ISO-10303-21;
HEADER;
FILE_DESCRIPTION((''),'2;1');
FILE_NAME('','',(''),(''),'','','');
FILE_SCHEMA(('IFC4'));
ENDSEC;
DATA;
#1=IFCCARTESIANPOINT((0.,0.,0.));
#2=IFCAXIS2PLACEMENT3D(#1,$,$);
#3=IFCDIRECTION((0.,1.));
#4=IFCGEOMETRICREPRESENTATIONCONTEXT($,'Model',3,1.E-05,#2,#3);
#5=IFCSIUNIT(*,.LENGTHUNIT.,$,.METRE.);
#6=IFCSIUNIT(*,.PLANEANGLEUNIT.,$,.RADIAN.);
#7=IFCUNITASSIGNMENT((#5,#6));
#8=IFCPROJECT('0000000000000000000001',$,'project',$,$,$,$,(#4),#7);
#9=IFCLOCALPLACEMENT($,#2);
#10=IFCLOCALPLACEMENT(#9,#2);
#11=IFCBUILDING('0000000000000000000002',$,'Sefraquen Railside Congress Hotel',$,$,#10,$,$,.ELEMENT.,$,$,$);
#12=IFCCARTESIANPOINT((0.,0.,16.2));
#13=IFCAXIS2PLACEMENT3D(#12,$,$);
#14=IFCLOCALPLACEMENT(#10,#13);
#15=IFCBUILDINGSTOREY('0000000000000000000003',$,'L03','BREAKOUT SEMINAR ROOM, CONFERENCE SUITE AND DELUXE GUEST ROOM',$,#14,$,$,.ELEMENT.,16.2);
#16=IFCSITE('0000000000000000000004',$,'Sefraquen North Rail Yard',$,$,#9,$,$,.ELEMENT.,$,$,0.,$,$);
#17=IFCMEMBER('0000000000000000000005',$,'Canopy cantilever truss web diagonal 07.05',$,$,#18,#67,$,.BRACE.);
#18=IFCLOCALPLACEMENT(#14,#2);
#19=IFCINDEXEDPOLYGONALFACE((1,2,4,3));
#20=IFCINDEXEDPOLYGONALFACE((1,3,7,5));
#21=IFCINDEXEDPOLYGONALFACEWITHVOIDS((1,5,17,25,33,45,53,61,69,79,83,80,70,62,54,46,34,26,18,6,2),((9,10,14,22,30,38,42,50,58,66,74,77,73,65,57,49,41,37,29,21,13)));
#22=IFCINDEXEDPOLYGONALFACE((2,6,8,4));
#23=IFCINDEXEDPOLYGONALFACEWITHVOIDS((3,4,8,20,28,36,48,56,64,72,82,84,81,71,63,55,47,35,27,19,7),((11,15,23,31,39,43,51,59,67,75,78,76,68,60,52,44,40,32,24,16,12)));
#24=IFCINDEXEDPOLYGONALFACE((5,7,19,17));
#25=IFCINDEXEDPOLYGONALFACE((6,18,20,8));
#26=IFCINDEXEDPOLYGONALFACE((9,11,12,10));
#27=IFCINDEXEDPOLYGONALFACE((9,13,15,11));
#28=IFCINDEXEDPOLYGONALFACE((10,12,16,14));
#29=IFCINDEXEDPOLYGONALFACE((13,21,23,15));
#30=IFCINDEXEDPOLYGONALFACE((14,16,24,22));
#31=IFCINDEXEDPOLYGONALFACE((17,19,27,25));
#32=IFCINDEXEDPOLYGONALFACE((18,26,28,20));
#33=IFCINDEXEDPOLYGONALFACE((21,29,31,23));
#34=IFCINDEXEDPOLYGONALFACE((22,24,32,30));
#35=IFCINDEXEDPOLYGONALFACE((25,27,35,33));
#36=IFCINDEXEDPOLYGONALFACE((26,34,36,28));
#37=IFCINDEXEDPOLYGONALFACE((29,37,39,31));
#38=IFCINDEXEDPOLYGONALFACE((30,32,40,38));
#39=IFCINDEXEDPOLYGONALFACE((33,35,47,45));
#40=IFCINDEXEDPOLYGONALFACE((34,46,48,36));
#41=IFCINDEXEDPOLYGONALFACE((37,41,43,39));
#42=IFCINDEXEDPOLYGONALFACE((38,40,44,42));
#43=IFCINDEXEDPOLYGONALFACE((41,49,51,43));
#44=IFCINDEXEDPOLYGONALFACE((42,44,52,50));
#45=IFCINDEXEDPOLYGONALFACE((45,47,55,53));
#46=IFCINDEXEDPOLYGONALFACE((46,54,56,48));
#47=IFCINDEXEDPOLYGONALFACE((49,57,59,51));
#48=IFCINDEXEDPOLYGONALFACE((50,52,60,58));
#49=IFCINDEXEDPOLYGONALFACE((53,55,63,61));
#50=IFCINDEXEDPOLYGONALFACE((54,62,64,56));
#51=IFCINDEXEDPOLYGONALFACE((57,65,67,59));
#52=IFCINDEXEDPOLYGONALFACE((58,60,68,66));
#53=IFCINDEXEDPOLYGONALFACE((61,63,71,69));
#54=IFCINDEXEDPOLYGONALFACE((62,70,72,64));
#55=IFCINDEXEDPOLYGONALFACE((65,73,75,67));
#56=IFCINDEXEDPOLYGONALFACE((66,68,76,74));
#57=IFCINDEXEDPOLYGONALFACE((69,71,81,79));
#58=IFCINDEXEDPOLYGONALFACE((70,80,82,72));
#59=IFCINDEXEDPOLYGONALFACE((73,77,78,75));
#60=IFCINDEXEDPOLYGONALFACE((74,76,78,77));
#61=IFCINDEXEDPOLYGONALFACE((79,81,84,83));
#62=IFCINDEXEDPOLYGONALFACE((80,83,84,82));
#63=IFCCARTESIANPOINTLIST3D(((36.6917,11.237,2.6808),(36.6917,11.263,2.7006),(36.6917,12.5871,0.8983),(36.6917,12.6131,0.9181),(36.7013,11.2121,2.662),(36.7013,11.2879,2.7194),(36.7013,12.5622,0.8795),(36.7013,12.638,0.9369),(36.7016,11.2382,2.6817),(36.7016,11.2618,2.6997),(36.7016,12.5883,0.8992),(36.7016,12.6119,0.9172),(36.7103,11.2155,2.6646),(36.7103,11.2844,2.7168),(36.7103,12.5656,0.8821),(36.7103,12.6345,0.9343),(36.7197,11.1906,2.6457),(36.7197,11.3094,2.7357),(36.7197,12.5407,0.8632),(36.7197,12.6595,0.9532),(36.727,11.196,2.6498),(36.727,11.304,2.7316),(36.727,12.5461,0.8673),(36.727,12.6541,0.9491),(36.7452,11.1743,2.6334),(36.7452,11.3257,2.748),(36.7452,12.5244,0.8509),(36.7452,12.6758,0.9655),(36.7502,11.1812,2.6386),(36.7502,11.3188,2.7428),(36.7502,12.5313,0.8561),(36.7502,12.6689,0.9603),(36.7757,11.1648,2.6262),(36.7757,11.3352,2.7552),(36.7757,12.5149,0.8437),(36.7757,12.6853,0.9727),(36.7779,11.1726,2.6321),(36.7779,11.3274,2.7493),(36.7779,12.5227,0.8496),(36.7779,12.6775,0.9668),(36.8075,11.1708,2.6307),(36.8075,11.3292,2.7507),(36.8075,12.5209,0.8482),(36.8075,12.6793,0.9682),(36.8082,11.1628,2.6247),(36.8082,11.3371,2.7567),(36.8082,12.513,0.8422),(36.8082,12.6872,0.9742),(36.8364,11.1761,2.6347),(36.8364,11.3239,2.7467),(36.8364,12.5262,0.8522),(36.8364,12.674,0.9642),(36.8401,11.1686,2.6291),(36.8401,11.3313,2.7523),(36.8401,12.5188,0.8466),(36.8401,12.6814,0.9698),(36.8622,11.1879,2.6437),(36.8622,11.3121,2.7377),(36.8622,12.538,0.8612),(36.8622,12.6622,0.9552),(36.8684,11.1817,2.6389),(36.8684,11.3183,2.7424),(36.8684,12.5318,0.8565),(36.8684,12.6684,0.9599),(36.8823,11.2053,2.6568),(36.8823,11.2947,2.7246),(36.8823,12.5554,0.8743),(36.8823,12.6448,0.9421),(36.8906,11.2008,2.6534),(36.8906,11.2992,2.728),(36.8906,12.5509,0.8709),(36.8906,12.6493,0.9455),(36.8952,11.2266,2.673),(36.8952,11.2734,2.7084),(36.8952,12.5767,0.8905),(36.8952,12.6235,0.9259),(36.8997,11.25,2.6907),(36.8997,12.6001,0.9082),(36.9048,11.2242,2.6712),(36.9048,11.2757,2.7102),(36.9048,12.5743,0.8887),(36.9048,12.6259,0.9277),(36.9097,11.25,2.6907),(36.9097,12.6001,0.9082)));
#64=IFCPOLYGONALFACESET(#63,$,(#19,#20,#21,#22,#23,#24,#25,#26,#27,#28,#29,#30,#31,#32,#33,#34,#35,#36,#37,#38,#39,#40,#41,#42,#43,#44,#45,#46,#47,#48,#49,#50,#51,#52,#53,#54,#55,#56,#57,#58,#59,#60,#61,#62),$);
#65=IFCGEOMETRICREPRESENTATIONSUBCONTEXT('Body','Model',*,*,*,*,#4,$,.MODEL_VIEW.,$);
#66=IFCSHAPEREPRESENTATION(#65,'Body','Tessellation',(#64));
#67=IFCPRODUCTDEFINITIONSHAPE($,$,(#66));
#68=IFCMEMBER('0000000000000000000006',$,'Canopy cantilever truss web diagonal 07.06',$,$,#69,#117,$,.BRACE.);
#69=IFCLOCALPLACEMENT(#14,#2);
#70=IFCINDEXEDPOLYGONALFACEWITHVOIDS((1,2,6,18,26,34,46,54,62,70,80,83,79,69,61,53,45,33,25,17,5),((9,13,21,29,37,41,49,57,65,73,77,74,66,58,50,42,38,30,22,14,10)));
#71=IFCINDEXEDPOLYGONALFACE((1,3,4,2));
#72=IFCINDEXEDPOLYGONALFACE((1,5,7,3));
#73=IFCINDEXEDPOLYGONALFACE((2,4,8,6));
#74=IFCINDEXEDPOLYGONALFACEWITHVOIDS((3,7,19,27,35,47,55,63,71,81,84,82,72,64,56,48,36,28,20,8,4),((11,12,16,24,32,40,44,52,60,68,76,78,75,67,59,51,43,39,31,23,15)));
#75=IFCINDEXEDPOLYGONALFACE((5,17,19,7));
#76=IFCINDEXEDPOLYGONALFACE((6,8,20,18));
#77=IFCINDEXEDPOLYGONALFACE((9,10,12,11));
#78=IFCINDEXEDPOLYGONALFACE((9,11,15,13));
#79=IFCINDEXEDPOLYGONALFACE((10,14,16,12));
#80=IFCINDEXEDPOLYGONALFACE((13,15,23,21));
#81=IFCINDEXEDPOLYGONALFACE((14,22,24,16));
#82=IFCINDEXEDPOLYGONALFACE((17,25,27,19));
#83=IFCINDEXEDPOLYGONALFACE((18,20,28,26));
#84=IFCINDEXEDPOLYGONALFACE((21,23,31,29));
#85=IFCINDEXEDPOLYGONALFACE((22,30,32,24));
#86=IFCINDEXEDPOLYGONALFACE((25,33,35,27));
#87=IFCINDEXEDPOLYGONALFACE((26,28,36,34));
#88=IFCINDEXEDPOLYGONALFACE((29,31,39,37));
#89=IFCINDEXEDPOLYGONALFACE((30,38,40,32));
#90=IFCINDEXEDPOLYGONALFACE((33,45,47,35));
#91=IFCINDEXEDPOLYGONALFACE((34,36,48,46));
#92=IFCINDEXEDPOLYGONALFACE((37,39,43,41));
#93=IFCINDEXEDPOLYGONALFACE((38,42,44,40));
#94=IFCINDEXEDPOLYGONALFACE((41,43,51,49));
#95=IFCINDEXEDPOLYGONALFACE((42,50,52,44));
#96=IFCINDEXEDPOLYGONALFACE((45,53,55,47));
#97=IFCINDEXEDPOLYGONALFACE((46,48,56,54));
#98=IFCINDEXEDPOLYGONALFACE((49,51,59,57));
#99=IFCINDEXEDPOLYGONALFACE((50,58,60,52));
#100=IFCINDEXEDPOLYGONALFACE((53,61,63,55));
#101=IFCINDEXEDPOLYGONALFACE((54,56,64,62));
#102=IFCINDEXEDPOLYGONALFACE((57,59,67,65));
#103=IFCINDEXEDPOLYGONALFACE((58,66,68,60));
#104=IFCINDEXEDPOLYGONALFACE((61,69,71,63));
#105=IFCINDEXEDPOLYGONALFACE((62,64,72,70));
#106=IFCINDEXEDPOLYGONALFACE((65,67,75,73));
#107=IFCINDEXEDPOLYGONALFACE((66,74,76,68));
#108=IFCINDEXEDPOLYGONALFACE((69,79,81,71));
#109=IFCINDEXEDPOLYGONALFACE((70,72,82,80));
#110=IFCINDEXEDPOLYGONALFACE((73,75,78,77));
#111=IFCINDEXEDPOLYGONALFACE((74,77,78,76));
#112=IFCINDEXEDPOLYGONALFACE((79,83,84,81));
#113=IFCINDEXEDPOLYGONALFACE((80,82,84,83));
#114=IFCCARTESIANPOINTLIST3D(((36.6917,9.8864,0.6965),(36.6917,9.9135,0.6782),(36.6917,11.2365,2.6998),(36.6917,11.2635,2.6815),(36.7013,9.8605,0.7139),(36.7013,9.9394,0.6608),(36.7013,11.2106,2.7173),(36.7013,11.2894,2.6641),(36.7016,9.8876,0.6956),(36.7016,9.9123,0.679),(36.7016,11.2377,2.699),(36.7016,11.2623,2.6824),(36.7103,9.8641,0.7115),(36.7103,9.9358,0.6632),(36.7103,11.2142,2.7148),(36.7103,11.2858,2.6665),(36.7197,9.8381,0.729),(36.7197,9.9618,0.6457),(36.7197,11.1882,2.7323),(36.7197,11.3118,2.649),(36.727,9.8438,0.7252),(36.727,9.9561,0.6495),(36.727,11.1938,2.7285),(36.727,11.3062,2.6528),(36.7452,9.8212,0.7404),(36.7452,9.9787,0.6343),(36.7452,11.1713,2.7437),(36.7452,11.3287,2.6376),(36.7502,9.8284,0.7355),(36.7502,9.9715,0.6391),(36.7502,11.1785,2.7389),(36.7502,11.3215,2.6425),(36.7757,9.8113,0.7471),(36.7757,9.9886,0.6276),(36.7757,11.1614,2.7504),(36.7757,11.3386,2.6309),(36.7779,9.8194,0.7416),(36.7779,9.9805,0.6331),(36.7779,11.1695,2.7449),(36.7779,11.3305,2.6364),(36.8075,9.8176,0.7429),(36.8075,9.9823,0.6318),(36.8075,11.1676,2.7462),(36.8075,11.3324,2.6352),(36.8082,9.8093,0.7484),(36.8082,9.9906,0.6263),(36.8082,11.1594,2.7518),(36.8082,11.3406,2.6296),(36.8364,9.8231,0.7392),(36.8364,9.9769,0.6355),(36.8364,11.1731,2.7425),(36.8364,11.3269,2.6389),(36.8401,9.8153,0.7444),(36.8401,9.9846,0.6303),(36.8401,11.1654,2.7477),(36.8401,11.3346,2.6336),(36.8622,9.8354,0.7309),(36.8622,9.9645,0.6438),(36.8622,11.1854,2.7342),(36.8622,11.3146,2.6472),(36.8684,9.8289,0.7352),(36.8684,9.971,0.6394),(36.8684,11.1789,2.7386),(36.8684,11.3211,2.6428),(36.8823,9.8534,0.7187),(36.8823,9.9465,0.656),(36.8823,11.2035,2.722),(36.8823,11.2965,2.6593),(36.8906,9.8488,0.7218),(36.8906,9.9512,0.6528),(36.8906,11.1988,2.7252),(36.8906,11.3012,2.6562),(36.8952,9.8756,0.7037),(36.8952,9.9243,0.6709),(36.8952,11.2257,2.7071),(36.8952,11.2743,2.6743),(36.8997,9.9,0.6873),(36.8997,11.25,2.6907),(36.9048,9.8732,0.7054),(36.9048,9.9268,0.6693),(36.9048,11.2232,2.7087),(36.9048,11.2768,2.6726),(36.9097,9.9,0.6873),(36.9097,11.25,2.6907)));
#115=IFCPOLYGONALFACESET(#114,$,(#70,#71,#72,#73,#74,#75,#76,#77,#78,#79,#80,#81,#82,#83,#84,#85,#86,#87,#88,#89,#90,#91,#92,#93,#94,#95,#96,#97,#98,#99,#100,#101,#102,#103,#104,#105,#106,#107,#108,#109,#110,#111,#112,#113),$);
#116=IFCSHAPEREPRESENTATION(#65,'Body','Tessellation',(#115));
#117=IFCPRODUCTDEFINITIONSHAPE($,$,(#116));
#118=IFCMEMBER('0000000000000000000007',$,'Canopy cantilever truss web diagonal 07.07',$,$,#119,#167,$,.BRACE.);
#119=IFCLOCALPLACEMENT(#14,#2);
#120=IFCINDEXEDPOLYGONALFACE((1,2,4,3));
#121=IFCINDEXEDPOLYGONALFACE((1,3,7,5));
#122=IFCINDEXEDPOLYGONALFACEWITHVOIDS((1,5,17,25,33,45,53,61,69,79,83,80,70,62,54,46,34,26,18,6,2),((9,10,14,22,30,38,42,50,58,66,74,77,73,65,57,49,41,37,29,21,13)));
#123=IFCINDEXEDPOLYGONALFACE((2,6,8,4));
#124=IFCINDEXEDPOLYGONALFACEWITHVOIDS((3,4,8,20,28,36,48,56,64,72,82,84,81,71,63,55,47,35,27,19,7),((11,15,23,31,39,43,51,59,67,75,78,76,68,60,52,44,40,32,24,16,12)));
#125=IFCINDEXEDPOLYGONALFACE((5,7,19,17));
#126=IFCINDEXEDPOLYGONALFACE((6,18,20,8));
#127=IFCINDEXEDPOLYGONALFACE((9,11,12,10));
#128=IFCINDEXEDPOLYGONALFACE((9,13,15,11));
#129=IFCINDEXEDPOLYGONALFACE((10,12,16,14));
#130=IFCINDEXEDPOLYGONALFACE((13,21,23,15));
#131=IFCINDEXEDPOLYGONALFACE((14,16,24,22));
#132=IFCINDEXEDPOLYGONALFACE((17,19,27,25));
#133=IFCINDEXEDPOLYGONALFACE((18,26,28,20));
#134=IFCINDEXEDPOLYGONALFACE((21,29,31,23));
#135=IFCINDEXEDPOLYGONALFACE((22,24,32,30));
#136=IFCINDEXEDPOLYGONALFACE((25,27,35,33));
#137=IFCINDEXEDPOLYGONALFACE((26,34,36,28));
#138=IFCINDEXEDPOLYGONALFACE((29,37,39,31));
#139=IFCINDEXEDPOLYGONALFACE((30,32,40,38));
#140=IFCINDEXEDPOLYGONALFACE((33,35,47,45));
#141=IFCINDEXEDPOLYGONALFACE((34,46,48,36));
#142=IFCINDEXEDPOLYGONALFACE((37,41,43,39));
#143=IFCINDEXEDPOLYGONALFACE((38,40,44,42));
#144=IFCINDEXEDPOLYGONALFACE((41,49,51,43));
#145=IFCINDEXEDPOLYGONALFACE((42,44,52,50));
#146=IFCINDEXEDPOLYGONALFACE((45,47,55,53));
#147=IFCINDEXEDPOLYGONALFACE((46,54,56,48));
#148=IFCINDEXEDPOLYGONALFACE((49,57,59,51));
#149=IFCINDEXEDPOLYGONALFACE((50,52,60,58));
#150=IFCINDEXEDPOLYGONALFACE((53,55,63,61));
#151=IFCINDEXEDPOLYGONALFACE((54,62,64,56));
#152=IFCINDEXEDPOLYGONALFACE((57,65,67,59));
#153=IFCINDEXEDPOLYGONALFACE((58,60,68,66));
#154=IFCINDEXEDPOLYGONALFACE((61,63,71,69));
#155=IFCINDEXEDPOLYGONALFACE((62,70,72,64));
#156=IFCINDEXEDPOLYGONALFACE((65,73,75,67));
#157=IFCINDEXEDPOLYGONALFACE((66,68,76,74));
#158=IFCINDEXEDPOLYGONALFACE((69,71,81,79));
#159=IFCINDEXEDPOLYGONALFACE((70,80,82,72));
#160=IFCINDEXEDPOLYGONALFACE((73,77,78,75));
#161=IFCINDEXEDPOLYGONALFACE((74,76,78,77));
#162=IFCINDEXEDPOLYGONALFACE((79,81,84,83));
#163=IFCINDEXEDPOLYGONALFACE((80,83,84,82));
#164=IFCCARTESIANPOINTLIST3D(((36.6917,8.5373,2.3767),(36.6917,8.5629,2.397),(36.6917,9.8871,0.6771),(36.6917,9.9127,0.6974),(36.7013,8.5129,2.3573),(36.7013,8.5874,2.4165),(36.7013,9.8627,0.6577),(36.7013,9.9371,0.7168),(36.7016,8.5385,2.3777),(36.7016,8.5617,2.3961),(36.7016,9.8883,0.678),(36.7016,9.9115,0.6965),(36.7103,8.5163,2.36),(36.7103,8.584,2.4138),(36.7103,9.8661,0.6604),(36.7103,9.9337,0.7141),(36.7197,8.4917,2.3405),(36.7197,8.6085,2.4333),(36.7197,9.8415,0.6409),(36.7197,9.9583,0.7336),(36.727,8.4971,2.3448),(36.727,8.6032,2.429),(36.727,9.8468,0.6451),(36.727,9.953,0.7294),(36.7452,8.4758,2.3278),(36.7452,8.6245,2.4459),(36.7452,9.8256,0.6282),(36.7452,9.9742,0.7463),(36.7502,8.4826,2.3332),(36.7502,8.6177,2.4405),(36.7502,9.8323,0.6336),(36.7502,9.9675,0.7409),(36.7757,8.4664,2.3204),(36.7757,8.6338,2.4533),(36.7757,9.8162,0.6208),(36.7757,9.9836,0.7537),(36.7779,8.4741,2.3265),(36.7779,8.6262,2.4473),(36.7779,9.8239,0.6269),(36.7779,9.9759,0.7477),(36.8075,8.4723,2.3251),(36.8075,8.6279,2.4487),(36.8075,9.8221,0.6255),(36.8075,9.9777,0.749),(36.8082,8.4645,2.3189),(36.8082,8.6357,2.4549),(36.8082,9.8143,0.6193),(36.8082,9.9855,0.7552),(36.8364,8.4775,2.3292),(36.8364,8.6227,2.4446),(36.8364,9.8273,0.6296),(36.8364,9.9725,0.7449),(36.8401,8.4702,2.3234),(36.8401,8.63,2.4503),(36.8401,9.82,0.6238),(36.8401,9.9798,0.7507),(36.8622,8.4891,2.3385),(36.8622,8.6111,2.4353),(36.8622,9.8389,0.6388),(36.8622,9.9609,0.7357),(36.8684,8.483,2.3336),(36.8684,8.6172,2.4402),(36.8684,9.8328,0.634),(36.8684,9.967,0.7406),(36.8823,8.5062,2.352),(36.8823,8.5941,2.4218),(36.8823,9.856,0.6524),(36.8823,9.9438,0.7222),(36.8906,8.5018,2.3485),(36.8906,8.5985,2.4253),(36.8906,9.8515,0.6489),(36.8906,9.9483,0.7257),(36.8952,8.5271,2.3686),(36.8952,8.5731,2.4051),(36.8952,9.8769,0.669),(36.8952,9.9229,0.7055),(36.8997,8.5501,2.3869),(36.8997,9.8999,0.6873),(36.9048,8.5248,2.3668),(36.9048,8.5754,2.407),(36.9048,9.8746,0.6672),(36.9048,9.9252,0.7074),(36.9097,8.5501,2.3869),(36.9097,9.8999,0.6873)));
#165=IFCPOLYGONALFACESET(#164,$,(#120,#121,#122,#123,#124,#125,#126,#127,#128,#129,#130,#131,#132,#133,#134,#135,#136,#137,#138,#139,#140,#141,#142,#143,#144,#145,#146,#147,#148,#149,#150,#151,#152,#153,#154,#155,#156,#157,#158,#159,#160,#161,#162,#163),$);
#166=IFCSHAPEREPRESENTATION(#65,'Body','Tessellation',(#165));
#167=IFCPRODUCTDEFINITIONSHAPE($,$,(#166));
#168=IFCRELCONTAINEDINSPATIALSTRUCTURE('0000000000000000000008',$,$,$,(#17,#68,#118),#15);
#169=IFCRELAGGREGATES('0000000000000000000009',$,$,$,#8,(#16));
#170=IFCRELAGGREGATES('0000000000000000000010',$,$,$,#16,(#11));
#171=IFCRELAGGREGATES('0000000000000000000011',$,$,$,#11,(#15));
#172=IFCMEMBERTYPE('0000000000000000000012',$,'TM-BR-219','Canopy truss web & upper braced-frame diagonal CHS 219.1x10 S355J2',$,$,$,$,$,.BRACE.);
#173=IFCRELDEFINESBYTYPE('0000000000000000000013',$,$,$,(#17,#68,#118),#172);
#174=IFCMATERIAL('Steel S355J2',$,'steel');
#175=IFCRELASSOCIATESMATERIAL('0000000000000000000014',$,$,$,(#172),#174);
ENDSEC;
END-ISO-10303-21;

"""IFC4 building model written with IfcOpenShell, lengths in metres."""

from ifc_helpers import new_model, si_unit, direction, frame, origin, origin_2d, place, context, subcontext, project, spatial, hollow_circle, extrude, material, material_profile, profile_set, type_object, element, save


model = new_model("IFC4")

# Units and contexts
model_context = context("Model", 3, precision=1e-05, world=origin(), true_north=direction((0.0, 1.0)))
body_context = subcontext(model_context, "Body", "Model", "MODEL_VIEW")
ifc_project = project(units=[si_unit("LENGTHUNIT", "METRE"), si_unit("PLANEANGLEUNIT", "RADIAN")], contexts=[model_context])

# Site, building, storey
site_placement = place(None, origin())
site = spatial("IfcSite", under=ifc_project, at=site_placement, Name="Sefraquen North Rail Yard", CompositionType="ELEMENT", RefElevation=0.0)
building_placement = place(site_placement, origin())
building = spatial("IfcBuilding", under=site, at=building_placement, Name="Sefraquen Railside Congress Hotel", CompositionType="ELEMENT")
storey_placement = place(building_placement, frame((0.0, 0.0, 16.2)))
storey = spatial("IfcBuildingStorey", under=building, at=storey_placement, Name="L03", Description="BREAKOUT SEMINAR ROOM, CONFERENCE SUITE AND DELUXE GUEST ROOM", CompositionType="ELEMENT", Elevation=16.2)

# Members
ifc_material = material(Name="Steel S355J2", Category="steel")
ifc_material_profile = material_profile(ifc_material, hollow_circle(Radius=0.1096, WallThickness=0.01, at=origin_2d()), Name="CHS 219.1x10")
ifc_profile_set = profile_set([ifc_material_profile], Name="Steel S355J2")
member_type = type_object("IfcMemberType", Name="TM-BR-219", Description="Canopy truss web & upper braced-frame diagonal CHS 219.1x10 S355J2", PredefinedType="BRACE", material=ifc_profile_set)
member_1_placement = place(storey_placement, frame((36.8, 12.6001, 0.9082), z_axis=(0.0, -0.603784, 0.797148), x_axis=(1.0, 0.0, 0.0)))
element("IfcMember", 1, at=member_1_placement, inside=storey, type_object=member_type, Name="Canopy cantilever truss web diagonal 07.05", PredefinedType="BRACE", context=body_context, shape_type="SweptSolid", body=[
    extrude(hollow_circle(Radius=0.1096, WallThickness=0.01, at=origin_2d()), origin(), (0.0, 0.0, 1.0), 2.2361),
])
member_2_placement = place(storey_placement, frame((36.8, 11.25, 2.6907), z_axis=(0.0, -0.558844, -0.829273), x_axis=(1.0, 0.0, 0.0)))
element("IfcMember", 2, at=member_2_placement, inside=storey, type_object=member_type, Name="Canopy cantilever truss web diagonal 07.06", PredefinedType="BRACE", context=body_context, shape_type="SweptSolid", body=[
    extrude(hollow_circle(Radius=0.1096, WallThickness=0.01, at=origin_2d()), origin(), (0.0, 0.0, 1.0), 2.4158),
])
member_3_placement = place(storey_placement, frame((36.8, 9.8999, 0.6873), z_axis=(0.0, -0.621906, 0.783092), x_axis=(1.0, 0.0, 0.0)))
element("IfcMember", 3, at=member_3_placement, inside=storey, type_object=member_type, Name="Canopy cantilever truss web diagonal 07.07", PredefinedType="BRACE", context=body_context, shape_type="SweptSolid", body=[
    extrude(hollow_circle(Radius=0.1096, WallThickness=0.01, at=origin_2d()), origin(), (0.0, 0.0, 1.0), 2.1704),
])

save(model, "model.ifc")
